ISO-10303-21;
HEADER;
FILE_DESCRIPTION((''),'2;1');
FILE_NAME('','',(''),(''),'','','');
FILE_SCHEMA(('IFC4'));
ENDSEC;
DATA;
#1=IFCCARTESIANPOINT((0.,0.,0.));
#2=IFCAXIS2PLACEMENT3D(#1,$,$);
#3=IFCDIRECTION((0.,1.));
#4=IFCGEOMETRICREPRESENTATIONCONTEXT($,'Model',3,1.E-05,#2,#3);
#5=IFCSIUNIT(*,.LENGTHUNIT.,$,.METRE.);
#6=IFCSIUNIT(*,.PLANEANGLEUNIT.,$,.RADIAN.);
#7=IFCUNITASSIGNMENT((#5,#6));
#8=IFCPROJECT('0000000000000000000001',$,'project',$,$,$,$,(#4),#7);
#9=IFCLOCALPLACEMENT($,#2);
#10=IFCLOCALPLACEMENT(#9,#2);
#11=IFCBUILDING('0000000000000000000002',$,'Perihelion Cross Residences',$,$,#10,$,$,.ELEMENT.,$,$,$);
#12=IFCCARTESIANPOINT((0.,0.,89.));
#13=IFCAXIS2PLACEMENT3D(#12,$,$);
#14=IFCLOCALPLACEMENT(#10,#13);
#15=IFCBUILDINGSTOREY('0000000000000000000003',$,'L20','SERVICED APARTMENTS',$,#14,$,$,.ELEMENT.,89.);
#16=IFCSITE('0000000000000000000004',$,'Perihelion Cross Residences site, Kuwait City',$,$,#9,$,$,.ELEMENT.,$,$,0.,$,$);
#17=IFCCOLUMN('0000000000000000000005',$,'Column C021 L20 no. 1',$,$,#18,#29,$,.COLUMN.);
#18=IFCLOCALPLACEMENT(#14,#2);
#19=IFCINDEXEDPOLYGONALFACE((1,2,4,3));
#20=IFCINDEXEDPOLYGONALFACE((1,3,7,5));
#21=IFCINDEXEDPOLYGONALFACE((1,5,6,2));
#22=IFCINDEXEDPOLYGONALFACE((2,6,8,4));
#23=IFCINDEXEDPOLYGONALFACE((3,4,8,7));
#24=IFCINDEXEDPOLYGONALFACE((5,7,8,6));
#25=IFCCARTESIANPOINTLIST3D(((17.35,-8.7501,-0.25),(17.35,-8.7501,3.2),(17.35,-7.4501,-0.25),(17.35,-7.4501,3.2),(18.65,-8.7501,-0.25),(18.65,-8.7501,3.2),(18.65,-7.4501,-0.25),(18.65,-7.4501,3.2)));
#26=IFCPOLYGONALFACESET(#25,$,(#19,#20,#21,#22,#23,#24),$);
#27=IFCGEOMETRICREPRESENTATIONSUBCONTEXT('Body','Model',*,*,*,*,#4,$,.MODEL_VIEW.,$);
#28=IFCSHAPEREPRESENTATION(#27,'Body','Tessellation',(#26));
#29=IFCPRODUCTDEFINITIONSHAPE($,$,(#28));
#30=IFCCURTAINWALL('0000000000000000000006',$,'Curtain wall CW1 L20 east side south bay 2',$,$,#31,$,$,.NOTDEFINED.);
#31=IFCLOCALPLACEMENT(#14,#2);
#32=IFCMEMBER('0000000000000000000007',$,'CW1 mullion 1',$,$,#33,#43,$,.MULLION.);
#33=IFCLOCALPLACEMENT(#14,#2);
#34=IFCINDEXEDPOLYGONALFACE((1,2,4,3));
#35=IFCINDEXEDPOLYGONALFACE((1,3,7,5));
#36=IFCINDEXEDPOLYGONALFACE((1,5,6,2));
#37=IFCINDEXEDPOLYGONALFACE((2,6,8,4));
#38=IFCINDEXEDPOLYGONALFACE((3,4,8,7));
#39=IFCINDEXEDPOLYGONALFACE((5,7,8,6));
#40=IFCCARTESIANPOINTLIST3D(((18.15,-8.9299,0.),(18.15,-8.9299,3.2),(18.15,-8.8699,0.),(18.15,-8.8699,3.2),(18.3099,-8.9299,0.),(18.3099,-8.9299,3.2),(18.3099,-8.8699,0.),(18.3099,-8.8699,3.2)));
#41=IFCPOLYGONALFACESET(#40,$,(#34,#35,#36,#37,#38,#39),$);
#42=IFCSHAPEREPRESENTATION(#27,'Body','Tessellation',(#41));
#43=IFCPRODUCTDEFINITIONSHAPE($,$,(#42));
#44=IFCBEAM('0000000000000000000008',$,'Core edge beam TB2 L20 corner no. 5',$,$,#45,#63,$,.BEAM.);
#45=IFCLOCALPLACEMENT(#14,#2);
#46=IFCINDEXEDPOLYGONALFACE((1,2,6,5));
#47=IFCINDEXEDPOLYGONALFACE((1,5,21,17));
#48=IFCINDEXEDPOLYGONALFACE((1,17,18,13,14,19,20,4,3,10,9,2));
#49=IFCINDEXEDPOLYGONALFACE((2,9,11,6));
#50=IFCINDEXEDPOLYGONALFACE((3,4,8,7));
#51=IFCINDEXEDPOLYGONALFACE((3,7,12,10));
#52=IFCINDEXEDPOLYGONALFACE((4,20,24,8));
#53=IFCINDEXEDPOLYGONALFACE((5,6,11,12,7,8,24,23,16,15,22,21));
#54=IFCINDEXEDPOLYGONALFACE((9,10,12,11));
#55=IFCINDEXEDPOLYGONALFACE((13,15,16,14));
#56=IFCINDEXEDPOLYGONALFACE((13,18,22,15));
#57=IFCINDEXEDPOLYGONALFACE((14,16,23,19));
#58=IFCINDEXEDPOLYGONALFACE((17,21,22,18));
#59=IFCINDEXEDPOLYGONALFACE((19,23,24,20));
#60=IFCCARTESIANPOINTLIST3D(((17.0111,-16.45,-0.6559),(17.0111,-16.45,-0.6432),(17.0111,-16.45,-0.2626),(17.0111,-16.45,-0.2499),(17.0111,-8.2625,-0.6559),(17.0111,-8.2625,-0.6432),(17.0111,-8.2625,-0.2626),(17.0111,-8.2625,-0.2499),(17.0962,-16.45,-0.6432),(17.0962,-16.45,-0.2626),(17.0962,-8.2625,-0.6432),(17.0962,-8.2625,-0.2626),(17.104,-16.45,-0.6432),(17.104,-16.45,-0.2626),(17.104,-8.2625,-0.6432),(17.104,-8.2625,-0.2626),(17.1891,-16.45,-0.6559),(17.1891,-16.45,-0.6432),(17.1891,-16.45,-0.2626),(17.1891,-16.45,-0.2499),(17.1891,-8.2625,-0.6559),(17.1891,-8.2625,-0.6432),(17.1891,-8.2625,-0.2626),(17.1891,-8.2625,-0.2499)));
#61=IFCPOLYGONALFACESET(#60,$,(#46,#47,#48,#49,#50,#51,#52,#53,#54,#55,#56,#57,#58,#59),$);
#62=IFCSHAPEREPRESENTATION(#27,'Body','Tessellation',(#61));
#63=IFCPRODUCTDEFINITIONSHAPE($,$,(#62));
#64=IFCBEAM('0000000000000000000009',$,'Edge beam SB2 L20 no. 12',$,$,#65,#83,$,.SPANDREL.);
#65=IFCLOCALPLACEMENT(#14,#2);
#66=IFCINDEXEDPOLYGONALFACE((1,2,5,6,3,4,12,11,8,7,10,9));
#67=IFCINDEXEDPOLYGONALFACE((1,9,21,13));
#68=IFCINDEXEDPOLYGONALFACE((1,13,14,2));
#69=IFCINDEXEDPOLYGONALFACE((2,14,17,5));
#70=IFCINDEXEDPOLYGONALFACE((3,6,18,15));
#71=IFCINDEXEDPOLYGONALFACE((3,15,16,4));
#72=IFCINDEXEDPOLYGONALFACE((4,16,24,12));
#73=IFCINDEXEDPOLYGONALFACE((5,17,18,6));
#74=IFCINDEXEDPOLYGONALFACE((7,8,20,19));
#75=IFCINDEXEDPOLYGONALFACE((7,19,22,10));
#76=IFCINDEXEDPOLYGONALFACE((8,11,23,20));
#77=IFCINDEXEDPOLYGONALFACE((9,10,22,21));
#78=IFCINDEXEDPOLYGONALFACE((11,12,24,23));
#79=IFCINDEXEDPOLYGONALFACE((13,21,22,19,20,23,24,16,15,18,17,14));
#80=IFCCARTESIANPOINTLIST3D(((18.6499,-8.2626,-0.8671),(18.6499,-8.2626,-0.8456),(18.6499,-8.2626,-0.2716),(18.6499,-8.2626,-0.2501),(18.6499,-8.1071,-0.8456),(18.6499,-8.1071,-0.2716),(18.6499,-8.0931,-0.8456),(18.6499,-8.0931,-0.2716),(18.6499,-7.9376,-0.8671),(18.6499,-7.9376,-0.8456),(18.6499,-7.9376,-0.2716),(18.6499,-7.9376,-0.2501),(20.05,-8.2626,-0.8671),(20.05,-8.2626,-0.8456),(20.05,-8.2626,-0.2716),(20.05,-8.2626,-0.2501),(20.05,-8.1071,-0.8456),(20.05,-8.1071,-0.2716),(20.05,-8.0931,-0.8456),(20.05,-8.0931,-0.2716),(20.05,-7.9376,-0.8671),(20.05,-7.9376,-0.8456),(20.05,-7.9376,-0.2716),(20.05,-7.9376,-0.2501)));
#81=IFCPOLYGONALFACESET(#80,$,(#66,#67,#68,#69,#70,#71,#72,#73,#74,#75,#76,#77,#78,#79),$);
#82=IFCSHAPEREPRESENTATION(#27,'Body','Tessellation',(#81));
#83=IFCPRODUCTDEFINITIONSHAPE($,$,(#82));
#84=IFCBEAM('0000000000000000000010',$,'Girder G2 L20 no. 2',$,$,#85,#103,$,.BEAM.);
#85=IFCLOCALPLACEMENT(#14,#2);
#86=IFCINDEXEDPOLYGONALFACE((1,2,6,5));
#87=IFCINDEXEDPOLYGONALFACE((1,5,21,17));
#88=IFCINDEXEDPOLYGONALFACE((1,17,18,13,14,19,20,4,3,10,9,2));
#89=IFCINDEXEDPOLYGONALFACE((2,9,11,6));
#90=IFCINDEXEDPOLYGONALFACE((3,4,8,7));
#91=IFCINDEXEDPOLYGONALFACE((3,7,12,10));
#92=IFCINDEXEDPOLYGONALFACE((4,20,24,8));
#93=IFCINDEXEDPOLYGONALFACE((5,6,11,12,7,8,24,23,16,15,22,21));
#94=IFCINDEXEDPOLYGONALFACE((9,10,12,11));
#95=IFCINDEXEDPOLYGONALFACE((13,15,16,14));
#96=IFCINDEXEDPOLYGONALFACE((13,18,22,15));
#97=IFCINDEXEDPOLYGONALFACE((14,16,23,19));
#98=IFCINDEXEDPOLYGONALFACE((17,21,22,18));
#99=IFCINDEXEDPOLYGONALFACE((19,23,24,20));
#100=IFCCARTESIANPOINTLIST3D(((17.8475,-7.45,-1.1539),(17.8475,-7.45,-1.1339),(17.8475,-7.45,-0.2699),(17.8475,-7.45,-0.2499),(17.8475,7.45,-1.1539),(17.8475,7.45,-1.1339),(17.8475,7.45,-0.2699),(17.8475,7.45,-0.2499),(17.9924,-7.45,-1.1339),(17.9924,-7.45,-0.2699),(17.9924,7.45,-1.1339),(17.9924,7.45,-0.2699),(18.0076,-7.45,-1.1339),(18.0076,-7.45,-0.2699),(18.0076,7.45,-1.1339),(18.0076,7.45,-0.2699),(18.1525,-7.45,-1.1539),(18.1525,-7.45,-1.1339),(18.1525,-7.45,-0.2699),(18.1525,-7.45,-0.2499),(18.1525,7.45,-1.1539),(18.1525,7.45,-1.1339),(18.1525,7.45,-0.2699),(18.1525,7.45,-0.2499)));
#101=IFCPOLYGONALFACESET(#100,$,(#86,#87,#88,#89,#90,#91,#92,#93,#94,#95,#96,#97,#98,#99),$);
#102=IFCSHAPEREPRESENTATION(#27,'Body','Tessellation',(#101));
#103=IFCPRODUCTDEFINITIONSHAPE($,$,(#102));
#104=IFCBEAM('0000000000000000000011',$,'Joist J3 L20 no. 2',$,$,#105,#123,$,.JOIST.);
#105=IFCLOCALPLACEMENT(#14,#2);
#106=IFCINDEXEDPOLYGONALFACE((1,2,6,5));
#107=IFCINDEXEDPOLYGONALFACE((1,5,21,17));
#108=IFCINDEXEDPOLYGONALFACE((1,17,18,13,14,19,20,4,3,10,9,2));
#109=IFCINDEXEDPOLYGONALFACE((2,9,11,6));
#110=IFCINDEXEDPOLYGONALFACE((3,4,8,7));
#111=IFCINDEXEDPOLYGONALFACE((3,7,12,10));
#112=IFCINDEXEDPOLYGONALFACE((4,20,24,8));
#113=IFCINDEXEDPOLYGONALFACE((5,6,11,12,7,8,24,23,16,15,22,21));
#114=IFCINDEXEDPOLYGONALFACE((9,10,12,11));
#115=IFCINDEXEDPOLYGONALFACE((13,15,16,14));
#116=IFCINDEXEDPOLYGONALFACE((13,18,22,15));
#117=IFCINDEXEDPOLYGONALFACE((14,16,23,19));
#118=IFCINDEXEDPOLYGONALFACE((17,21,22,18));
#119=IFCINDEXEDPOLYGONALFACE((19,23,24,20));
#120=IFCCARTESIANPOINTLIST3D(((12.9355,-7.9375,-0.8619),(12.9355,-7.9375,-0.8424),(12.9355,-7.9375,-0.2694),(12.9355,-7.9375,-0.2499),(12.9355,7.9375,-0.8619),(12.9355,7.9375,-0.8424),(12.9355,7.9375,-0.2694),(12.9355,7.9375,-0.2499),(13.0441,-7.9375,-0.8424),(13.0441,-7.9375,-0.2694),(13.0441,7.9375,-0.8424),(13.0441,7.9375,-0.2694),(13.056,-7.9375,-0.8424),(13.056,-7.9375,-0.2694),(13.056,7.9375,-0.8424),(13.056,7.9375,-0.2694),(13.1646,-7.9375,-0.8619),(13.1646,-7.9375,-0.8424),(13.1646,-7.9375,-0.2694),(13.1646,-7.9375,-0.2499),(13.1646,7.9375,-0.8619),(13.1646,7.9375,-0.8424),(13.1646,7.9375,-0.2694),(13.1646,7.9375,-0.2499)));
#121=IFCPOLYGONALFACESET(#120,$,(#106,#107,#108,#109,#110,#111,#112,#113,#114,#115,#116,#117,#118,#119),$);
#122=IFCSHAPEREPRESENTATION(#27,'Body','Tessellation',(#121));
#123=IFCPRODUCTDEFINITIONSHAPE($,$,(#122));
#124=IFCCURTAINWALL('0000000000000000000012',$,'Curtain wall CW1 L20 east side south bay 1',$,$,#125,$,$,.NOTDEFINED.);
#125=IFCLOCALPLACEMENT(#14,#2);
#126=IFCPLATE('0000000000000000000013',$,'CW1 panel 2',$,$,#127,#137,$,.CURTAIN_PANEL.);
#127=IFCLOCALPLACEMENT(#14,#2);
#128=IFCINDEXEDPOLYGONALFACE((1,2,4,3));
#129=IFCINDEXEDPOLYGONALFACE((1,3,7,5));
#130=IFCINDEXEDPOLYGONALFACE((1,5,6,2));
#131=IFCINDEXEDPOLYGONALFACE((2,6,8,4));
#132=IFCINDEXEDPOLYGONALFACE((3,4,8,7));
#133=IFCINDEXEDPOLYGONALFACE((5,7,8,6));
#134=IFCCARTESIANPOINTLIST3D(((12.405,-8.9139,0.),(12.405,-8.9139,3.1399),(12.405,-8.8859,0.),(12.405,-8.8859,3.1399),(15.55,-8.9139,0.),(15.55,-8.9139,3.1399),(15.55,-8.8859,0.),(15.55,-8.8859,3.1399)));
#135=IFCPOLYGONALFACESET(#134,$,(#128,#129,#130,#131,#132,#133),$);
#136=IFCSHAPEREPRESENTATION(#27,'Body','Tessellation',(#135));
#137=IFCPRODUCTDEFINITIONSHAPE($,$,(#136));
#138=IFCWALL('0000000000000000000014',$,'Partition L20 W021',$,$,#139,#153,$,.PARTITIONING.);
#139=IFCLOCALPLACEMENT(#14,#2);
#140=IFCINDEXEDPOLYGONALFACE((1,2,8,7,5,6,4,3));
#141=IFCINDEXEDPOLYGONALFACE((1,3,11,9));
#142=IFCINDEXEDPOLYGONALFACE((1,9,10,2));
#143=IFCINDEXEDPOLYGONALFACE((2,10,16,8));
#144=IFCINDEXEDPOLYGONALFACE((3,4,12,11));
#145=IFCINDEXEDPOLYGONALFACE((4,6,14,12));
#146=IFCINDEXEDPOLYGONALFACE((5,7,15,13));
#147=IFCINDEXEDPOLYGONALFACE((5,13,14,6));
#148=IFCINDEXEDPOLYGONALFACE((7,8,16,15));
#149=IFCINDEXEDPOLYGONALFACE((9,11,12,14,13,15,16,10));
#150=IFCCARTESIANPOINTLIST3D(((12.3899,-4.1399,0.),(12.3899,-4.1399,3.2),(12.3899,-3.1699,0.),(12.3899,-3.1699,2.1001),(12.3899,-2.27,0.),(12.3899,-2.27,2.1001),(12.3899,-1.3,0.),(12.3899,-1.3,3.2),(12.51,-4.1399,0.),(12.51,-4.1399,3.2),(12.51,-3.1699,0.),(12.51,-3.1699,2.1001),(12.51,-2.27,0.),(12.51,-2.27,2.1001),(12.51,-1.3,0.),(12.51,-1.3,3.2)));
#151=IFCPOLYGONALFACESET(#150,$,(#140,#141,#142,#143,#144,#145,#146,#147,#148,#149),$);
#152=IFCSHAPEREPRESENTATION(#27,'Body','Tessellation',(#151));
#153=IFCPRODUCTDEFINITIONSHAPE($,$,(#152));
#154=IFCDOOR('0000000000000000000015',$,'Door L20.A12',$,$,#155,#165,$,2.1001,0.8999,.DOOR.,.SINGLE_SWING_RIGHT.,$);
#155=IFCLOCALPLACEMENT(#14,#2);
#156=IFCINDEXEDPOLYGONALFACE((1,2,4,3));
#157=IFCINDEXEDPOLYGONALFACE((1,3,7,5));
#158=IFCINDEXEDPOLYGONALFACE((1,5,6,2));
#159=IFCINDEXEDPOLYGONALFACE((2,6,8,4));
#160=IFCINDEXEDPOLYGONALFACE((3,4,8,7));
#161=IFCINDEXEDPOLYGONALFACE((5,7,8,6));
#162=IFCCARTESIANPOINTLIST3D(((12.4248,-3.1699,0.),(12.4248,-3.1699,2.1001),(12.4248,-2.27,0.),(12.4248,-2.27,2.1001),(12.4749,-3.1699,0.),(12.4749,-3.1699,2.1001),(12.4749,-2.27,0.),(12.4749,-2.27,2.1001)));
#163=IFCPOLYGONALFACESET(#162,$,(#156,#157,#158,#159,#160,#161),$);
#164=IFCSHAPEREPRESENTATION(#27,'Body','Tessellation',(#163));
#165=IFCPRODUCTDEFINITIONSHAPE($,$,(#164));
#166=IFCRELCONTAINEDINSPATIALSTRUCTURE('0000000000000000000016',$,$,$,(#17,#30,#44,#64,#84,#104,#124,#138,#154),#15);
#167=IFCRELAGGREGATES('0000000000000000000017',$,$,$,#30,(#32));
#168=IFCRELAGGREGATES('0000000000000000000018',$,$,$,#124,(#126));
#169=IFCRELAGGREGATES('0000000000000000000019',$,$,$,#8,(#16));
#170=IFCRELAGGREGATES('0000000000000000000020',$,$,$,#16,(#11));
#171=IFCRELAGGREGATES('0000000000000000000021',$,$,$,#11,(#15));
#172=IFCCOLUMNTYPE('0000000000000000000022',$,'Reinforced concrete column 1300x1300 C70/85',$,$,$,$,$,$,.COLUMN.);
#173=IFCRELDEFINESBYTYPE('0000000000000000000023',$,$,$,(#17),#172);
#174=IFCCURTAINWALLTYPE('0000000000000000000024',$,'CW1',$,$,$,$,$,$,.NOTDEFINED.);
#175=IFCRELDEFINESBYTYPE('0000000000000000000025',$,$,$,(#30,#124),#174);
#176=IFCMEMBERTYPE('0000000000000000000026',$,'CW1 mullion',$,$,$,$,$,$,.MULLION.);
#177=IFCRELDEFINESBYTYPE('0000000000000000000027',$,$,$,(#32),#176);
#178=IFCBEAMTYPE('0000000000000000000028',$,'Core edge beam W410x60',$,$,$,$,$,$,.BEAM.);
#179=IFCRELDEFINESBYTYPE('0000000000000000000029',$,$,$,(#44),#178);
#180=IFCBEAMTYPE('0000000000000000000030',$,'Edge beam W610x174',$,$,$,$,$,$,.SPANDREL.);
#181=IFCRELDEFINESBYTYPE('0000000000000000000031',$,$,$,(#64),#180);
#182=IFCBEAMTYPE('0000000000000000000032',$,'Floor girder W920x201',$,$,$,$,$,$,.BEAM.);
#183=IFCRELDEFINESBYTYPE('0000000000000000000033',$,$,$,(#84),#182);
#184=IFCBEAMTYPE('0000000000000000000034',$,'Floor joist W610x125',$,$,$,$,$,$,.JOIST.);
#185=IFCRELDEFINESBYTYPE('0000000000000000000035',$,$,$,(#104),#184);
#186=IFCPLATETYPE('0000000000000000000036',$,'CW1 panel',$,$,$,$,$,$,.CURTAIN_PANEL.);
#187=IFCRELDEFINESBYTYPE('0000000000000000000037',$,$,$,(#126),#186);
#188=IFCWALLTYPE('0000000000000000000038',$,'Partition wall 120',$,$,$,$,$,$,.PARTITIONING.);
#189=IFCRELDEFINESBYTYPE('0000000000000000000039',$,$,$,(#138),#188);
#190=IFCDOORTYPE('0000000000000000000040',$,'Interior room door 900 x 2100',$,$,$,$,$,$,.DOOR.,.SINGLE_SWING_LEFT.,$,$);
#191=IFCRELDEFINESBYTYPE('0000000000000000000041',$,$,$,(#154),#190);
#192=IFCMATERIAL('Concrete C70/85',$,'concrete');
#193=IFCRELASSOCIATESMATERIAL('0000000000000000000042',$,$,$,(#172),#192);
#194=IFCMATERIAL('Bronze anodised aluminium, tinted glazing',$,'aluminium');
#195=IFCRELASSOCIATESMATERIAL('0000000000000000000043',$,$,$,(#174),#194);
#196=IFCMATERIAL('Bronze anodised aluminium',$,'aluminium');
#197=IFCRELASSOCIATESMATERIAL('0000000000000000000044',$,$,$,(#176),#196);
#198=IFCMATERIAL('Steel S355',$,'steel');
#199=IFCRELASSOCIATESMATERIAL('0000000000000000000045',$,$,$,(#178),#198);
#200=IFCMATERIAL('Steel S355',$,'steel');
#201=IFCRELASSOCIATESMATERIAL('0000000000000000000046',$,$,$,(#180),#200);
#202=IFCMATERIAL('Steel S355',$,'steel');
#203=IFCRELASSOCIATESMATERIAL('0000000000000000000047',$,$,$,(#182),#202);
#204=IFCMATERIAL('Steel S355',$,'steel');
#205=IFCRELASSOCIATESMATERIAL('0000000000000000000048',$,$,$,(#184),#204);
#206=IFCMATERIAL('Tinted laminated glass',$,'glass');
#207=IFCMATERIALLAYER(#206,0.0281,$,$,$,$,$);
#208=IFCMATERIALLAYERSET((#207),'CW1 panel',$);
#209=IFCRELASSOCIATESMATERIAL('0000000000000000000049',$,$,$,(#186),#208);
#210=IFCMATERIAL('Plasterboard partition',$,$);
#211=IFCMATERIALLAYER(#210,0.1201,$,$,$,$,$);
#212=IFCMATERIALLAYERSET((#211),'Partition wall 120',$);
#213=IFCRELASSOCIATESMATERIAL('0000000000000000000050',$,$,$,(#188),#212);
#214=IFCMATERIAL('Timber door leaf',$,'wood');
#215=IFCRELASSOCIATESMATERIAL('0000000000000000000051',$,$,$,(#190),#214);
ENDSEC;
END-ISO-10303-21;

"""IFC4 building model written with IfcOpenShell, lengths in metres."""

from ifc_helpers import new_model, si_unit, direction, frame, frame_2d, origin, origin_2d, place, context, subcontext, project, spatial, rectangle, i_section, extrude, material, layer, layer_set, material_profile, profile_set, type_object, element, fill, aggregate, save


model = new_model("IFC4")

# Units and contexts
model_context = context("Model", 3, precision=1e-05, world=origin(), true_north=direction((0.0, 1.0)))
body_context = subcontext(model_context, "Body", "Model", "MODEL_VIEW")
ifc_project = project(units=[si_unit("LENGTHUNIT", "METRE"), si_unit("PLANEANGLEUNIT", "RADIAN")], contexts=[model_context])

# Site, building, storey
site_placement = place(None, origin())
site = spatial("IfcSite", under=ifc_project, at=site_placement, Name="Perihelion Cross Residences site, Kuwait City", CompositionType="ELEMENT", RefElevation=0.0)
building_placement = place(site_placement, origin())
building = spatial("IfcBuilding", under=site, at=building_placement, Name="Perihelion Cross Residences", CompositionType="ELEMENT")
storey_placement = place(building_placement, frame((0.0, 0.0, 89.0)))
storey = spatial("IfcBuildingStorey", under=building, at=storey_placement, Name="L20", Description="SERVICED APARTMENTS", CompositionType="ELEMENT", Elevation=89.0)

# Column
ifc_material_1 = material(Name="Concrete C70/85", Category="concrete")
ifc_material_profile_1 = material_profile(ifc_material_1, rectangle(XDim=1.3, YDim=1.3, at=origin_2d()), Name="RC 1300x1300")
ifc_profile_set_1 = profile_set([ifc_material_profile_1], Name="Concrete C70/85")
column_type = type_object("IfcColumnType", Name="Reinforced concrete column 1300x1300 C70/85", PredefinedType="COLUMN", material=ifc_profile_set_1)
column_placement = place(storey_placement, frame((18.0, -8.1001, -0.25), z_axis=(0.0, 0.0, 1.0), x_axis=(1.0, 0.0, 0.0)))
element("IfcColumn", 1, at=column_placement, inside=storey, type_object=column_type, Name="Column C021 L20 no. 1", PredefinedType="COLUMN", context=body_context, shape_type="SweptSolid", body=[
    extrude(rectangle(XDim=1.3, YDim=1.3, at=origin_2d()), origin(), (0.0, 0.0, 1.0), 3.45),
])

# Curtain wall, member
ifc_material_2 = material(Name="Bronze anodised aluminium, tinted glazing", Category="aluminium")
curtain_wall_type = type_object("IfcCurtainWallType", Name="CW1", PredefinedType="NOTDEFINED", material=ifc_material_2)
curtain_wall_1_placement = place(storey_placement, origin())
curtain_wall_1 = element("IfcCurtainWall", 2, at=curtain_wall_1_placement, inside=storey, type_object=curtain_wall_type, Name="Curtain wall CW1 L20 east side south bay 2", PredefinedType="NOTDEFINED")
ifc_material_3 = material(Name="Bronze anodised aluminium", Category="aluminium")
ifc_material_profile_2 = material_profile(ifc_material_3, rectangle(XDim=0.0601, YDim=0.1599, at=origin_2d()), Name="CW1 mullion")
ifc_profile_set_2 = profile_set([ifc_material_profile_2], Name="Bronze anodised aluminium")
member_type = type_object("IfcMemberType", Name="CW1 mullion", PredefinedType="MULLION", material=ifc_profile_set_2)
member_placement = place(storey_placement, frame((18.23, -8.8999, 0.0), z_axis=(0.0, 0.0, 1.0), x_axis=(0.0, 1.0, 0.0)))
member = element("IfcMember", 3, at=member_placement, type_object=member_type, Name="CW1 mullion 1", PredefinedType="MULLION", context=body_context, shape_type="SweptSolid", body=[
    extrude(rectangle(XDim=0.0601, YDim=0.1599, at=origin_2d()), origin(), (0.0, 0.0, 1.0), 3.2),
])
aggregate(curtain_wall_1, [member])

# Beams
ifc_material_4 = material(Name="Steel S355", Category="steel")
ifc_material_profile_3 = material_profile(ifc_material_4, i_section(OverallWidth=0.178, OverallDepth=0.406, WebThickness=0.0078, FlangeThickness=0.0127, at=origin_2d()), Name="W410x60")
ifc_profile_set_3 = profile_set([ifc_material_profile_3], Name="Steel S355")
beam_type_1 = type_object("IfcBeamType", Name="Core edge beam W410x60", PredefinedType="BEAM", material=ifc_profile_set_3)
beam_1_placement = place(storey_placement, frame((17.1001, -8.2625, -0.4529), z_axis=(0.0, -1.0, 0.0), x_axis=(1.0, 0.0, 0.0)))
element("IfcBeam", 4, at=beam_1_placement, inside=storey, type_object=beam_type_1, Name="Core edge beam TB2 L20 corner no. 5", PredefinedType="BEAM", context=body_context, shape_type="SweptSolid", body=[
    extrude(i_section(OverallWidth=0.178, OverallDepth=0.406, WebThickness=0.0078, FlangeThickness=0.0127, at=origin_2d()), origin(), (0.0, 0.0, 1.0), 8.1875),
])
ifc_material_5 = material(Name="Steel S355", Category="steel")
ifc_material_profile_4 = material_profile(ifc_material_5, i_section(OverallWidth=0.325, OverallDepth=0.6169, WebThickness=0.0139, FlangeThickness=0.0215, at=origin_2d()), Name="W610x174")
ifc_profile_set_4 = profile_set([ifc_material_profile_4], Name="Steel S355")
beam_type_2 = type_object("IfcBeamType", Name="Edge beam W610x174", PredefinedType="SPANDREL", material=ifc_profile_set_4)
beam_2_placement = place(storey_placement, frame((18.6499, -8.1001, -0.5586), z_axis=(1.0, 0.0, 0.0), x_axis=(0.0, 1.0, 0.0)))
element("IfcBeam", 5, at=beam_2_placement, inside=storey, type_object=beam_type_2, Name="Edge beam SB2 L20 no. 12", PredefinedType="SPANDREL", context=body_context, shape_type="SweptSolid", body=[
    extrude(i_section(OverallWidth=0.325, OverallDepth=0.6169, WebThickness=0.0139, FlangeThickness=0.0215, at=origin_2d()), origin(), (0.0, 0.0, 1.0), 1.4001),
])
ifc_material_6 = material(Name="Steel S355", Category="steel")
ifc_material_profile_5 = material_profile(ifc_material_6, i_section(OverallWidth=0.3049, OverallDepth=0.9041, WebThickness=0.0151, FlangeThickness=0.02, at=origin_2d()), Name="W920x201")
ifc_profile_set_5 = profile_set([ifc_material_profile_5], Name="Steel S355")
beam_type_3 = type_object("IfcBeamType", Name="Floor girder W920x201", PredefinedType="BEAM", material=ifc_profile_set_5)
beam_3_placement = place(storey_placement, frame((18.0, -7.45, -0.7019), z_axis=(0.0, 1.0, 0.0), x_axis=(-1.0, 0.0, 0.0)))
element("IfcBeam", 6, at=beam_3_placement, inside=storey, type_object=beam_type_3, Name="Girder G2 L20 no. 2", PredefinedType="BEAM", context=body_context, shape_type="SweptSolid", body=[
    extrude(i_section(OverallWidth=0.3049, OverallDepth=0.9041, WebThickness=0.0151, FlangeThickness=0.02, at=origin_2d()), origin(), (0.0, 0.0, 1.0), 14.8999),
])
ifc_material_7 = material(Name="Steel S355", Category="steel")
ifc_material_profile_6 = material_profile(ifc_material_7, i_section(OverallWidth=0.229, OverallDepth=0.6121, WebThickness=0.012, FlangeThickness=0.0195, at=origin_2d()), Name="W610x125")
ifc_profile_set_6 = profile_set([ifc_material_profile_6], Name="Steel S355")
beam_type_4 = type_object("IfcBeamType", Name="Floor joist W610x125", PredefinedType="JOIST", material=ifc_profile_set_6)
beam_4_placement = place(storey_placement, frame((13.05, -7.9375, -0.5559), z_axis=(0.0, 1.0, 0.0), x_axis=(-1.0, 0.0, 0.0)))
element("IfcBeam", 7, at=beam_4_placement, inside=storey, type_object=beam_type_4, Name="Joist J3 L20 no. 2", PredefinedType="JOIST", context=body_context, shape_type="SweptSolid", body=[
    extrude(i_section(OverallWidth=0.229, OverallDepth=0.6121, WebThickness=0.012, FlangeThickness=0.0195, at=origin_2d()), origin(), (0.0, 0.0, 1.0), 15.875),
])

# Curtain wall, plate
curtain_wall_2_placement = place(storey_placement, origin())
curtain_wall_2 = element("IfcCurtainWall", 8, at=curtain_wall_2_placement, inside=storey, type_object=curtain_wall_type, Name="Curtain wall CW1 L20 east side south bay 1", PredefinedType="NOTDEFINED")
ifc_material_8 = material(Name="Tinted laminated glass", Category="glass")
ifc_layer_1 = layer(ifc_material_8, 0.0281)
ifc_layer_set_1 = layer_set([ifc_layer_1], Name="CW1 panel")
plate_type = type_object("IfcPlateType", Name="CW1 panel", PredefinedType="CURTAIN_PANEL", material=ifc_layer_set_1)
plate_placement = place(storey_placement, frame((13.9775, -8.8999, 0.0), z_axis=(0.0, 0.0, 1.0), x_axis=(1.0, 0.0, 0.0)))
plate = element("IfcPlate", 9, at=plate_placement, type_object=plate_type, Name="CW1 panel 2", PredefinedType="CURTAIN_PANEL", context=body_context, shape_type="SweptSolid", body=[
    extrude(rectangle(XDim=3.145, YDim=0.0281, at=origin_2d()), origin(), (0.0, 0.0, 1.0), 3.1399),
])
aggregate(curtain_wall_2, [plate])

# Wall, opening, door
ifc_material_9 = material(Name="Plasterboard partition")
ifc_layer_2 = layer(ifc_material_9, 0.1201)
ifc_layer_set_2 = layer_set([ifc_layer_2], Name="Partition wall 120")
wall_type_1 = type_object("IfcWallType", Name="Partition wall 120", PredefinedType="PARTITIONING", material=ifc_layer_set_2)
wall_1_placement = place(storey_placement, frame((12.45, -1.3, 0.0), z_axis=(0.0, 0.0, 1.0), x_axis=(0.0, -1.0, 0.0)))
wall_1 = element("IfcWall", 10, at=wall_1_placement, inside=storey, type_object=wall_type_1, Name="Partition L20 W021", PredefinedType="PARTITIONING", context=body_context, shape_type="SweptSolid", body=[
    extrude(rectangle(XDim=2.8398, YDim=0.1201, at=frame_2d((1.4199, 0.0))), origin(), (0.0, 0.0, 1.0), 3.2),
])
opening_1_placement = place(wall_1_placement, frame((0.97, 0.0, 0.0)))
opening_1 = element("IfcOpeningElement", 11, at=opening_1_placement, cuts=wall_1, PredefinedType="OPENING", context=body_context, shape_type="SweptSolid", body=[
    extrude(rectangle(XDim=0.8999, YDim=2.1001, at=frame_2d((0.45, 1.05))), frame((0.0, 0.0701, 0.0), z_axis=(0.0, -1.0, 0.0), x_axis=(1.0, 0.0, 0.0)), (0.0, 0.0, 1.0), 0.1401),
])
ifc_material_10 = material(Name="Timber door leaf", Category="wood")
door_type_1 = type_object("IfcDoorType", Name="Interior room door 900 x 2100", OperationType="SINGLE_SWING_LEFT", PredefinedType="DOOR", material=ifc_material_10)
door_1_placement = place(opening_1_placement, origin())
door_1 = element("IfcDoor", 12, at=door_1_placement, inside=storey, type_object=door_type_1, Name="Door L20.A12", OperationType="SINGLE_SWING_RIGHT", OverallHeight=2.1001, OverallWidth=0.8999, PredefinedType="DOOR", context=body_context, shape_type="SweptSolid", body=[
    extrude(rectangle(XDim=0.8999, YDim=2.1001, at=frame_2d((0.45, 1.05))), frame((0.0, 0.0249, 0.0), z_axis=(0.0, -1.0, 0.0), x_axis=(1.0, 0.0, 0.0)), (0.0, 0.0, 1.0), 0.05),
])
fill(opening_1, door_1)

save(model, "model.ifc")
